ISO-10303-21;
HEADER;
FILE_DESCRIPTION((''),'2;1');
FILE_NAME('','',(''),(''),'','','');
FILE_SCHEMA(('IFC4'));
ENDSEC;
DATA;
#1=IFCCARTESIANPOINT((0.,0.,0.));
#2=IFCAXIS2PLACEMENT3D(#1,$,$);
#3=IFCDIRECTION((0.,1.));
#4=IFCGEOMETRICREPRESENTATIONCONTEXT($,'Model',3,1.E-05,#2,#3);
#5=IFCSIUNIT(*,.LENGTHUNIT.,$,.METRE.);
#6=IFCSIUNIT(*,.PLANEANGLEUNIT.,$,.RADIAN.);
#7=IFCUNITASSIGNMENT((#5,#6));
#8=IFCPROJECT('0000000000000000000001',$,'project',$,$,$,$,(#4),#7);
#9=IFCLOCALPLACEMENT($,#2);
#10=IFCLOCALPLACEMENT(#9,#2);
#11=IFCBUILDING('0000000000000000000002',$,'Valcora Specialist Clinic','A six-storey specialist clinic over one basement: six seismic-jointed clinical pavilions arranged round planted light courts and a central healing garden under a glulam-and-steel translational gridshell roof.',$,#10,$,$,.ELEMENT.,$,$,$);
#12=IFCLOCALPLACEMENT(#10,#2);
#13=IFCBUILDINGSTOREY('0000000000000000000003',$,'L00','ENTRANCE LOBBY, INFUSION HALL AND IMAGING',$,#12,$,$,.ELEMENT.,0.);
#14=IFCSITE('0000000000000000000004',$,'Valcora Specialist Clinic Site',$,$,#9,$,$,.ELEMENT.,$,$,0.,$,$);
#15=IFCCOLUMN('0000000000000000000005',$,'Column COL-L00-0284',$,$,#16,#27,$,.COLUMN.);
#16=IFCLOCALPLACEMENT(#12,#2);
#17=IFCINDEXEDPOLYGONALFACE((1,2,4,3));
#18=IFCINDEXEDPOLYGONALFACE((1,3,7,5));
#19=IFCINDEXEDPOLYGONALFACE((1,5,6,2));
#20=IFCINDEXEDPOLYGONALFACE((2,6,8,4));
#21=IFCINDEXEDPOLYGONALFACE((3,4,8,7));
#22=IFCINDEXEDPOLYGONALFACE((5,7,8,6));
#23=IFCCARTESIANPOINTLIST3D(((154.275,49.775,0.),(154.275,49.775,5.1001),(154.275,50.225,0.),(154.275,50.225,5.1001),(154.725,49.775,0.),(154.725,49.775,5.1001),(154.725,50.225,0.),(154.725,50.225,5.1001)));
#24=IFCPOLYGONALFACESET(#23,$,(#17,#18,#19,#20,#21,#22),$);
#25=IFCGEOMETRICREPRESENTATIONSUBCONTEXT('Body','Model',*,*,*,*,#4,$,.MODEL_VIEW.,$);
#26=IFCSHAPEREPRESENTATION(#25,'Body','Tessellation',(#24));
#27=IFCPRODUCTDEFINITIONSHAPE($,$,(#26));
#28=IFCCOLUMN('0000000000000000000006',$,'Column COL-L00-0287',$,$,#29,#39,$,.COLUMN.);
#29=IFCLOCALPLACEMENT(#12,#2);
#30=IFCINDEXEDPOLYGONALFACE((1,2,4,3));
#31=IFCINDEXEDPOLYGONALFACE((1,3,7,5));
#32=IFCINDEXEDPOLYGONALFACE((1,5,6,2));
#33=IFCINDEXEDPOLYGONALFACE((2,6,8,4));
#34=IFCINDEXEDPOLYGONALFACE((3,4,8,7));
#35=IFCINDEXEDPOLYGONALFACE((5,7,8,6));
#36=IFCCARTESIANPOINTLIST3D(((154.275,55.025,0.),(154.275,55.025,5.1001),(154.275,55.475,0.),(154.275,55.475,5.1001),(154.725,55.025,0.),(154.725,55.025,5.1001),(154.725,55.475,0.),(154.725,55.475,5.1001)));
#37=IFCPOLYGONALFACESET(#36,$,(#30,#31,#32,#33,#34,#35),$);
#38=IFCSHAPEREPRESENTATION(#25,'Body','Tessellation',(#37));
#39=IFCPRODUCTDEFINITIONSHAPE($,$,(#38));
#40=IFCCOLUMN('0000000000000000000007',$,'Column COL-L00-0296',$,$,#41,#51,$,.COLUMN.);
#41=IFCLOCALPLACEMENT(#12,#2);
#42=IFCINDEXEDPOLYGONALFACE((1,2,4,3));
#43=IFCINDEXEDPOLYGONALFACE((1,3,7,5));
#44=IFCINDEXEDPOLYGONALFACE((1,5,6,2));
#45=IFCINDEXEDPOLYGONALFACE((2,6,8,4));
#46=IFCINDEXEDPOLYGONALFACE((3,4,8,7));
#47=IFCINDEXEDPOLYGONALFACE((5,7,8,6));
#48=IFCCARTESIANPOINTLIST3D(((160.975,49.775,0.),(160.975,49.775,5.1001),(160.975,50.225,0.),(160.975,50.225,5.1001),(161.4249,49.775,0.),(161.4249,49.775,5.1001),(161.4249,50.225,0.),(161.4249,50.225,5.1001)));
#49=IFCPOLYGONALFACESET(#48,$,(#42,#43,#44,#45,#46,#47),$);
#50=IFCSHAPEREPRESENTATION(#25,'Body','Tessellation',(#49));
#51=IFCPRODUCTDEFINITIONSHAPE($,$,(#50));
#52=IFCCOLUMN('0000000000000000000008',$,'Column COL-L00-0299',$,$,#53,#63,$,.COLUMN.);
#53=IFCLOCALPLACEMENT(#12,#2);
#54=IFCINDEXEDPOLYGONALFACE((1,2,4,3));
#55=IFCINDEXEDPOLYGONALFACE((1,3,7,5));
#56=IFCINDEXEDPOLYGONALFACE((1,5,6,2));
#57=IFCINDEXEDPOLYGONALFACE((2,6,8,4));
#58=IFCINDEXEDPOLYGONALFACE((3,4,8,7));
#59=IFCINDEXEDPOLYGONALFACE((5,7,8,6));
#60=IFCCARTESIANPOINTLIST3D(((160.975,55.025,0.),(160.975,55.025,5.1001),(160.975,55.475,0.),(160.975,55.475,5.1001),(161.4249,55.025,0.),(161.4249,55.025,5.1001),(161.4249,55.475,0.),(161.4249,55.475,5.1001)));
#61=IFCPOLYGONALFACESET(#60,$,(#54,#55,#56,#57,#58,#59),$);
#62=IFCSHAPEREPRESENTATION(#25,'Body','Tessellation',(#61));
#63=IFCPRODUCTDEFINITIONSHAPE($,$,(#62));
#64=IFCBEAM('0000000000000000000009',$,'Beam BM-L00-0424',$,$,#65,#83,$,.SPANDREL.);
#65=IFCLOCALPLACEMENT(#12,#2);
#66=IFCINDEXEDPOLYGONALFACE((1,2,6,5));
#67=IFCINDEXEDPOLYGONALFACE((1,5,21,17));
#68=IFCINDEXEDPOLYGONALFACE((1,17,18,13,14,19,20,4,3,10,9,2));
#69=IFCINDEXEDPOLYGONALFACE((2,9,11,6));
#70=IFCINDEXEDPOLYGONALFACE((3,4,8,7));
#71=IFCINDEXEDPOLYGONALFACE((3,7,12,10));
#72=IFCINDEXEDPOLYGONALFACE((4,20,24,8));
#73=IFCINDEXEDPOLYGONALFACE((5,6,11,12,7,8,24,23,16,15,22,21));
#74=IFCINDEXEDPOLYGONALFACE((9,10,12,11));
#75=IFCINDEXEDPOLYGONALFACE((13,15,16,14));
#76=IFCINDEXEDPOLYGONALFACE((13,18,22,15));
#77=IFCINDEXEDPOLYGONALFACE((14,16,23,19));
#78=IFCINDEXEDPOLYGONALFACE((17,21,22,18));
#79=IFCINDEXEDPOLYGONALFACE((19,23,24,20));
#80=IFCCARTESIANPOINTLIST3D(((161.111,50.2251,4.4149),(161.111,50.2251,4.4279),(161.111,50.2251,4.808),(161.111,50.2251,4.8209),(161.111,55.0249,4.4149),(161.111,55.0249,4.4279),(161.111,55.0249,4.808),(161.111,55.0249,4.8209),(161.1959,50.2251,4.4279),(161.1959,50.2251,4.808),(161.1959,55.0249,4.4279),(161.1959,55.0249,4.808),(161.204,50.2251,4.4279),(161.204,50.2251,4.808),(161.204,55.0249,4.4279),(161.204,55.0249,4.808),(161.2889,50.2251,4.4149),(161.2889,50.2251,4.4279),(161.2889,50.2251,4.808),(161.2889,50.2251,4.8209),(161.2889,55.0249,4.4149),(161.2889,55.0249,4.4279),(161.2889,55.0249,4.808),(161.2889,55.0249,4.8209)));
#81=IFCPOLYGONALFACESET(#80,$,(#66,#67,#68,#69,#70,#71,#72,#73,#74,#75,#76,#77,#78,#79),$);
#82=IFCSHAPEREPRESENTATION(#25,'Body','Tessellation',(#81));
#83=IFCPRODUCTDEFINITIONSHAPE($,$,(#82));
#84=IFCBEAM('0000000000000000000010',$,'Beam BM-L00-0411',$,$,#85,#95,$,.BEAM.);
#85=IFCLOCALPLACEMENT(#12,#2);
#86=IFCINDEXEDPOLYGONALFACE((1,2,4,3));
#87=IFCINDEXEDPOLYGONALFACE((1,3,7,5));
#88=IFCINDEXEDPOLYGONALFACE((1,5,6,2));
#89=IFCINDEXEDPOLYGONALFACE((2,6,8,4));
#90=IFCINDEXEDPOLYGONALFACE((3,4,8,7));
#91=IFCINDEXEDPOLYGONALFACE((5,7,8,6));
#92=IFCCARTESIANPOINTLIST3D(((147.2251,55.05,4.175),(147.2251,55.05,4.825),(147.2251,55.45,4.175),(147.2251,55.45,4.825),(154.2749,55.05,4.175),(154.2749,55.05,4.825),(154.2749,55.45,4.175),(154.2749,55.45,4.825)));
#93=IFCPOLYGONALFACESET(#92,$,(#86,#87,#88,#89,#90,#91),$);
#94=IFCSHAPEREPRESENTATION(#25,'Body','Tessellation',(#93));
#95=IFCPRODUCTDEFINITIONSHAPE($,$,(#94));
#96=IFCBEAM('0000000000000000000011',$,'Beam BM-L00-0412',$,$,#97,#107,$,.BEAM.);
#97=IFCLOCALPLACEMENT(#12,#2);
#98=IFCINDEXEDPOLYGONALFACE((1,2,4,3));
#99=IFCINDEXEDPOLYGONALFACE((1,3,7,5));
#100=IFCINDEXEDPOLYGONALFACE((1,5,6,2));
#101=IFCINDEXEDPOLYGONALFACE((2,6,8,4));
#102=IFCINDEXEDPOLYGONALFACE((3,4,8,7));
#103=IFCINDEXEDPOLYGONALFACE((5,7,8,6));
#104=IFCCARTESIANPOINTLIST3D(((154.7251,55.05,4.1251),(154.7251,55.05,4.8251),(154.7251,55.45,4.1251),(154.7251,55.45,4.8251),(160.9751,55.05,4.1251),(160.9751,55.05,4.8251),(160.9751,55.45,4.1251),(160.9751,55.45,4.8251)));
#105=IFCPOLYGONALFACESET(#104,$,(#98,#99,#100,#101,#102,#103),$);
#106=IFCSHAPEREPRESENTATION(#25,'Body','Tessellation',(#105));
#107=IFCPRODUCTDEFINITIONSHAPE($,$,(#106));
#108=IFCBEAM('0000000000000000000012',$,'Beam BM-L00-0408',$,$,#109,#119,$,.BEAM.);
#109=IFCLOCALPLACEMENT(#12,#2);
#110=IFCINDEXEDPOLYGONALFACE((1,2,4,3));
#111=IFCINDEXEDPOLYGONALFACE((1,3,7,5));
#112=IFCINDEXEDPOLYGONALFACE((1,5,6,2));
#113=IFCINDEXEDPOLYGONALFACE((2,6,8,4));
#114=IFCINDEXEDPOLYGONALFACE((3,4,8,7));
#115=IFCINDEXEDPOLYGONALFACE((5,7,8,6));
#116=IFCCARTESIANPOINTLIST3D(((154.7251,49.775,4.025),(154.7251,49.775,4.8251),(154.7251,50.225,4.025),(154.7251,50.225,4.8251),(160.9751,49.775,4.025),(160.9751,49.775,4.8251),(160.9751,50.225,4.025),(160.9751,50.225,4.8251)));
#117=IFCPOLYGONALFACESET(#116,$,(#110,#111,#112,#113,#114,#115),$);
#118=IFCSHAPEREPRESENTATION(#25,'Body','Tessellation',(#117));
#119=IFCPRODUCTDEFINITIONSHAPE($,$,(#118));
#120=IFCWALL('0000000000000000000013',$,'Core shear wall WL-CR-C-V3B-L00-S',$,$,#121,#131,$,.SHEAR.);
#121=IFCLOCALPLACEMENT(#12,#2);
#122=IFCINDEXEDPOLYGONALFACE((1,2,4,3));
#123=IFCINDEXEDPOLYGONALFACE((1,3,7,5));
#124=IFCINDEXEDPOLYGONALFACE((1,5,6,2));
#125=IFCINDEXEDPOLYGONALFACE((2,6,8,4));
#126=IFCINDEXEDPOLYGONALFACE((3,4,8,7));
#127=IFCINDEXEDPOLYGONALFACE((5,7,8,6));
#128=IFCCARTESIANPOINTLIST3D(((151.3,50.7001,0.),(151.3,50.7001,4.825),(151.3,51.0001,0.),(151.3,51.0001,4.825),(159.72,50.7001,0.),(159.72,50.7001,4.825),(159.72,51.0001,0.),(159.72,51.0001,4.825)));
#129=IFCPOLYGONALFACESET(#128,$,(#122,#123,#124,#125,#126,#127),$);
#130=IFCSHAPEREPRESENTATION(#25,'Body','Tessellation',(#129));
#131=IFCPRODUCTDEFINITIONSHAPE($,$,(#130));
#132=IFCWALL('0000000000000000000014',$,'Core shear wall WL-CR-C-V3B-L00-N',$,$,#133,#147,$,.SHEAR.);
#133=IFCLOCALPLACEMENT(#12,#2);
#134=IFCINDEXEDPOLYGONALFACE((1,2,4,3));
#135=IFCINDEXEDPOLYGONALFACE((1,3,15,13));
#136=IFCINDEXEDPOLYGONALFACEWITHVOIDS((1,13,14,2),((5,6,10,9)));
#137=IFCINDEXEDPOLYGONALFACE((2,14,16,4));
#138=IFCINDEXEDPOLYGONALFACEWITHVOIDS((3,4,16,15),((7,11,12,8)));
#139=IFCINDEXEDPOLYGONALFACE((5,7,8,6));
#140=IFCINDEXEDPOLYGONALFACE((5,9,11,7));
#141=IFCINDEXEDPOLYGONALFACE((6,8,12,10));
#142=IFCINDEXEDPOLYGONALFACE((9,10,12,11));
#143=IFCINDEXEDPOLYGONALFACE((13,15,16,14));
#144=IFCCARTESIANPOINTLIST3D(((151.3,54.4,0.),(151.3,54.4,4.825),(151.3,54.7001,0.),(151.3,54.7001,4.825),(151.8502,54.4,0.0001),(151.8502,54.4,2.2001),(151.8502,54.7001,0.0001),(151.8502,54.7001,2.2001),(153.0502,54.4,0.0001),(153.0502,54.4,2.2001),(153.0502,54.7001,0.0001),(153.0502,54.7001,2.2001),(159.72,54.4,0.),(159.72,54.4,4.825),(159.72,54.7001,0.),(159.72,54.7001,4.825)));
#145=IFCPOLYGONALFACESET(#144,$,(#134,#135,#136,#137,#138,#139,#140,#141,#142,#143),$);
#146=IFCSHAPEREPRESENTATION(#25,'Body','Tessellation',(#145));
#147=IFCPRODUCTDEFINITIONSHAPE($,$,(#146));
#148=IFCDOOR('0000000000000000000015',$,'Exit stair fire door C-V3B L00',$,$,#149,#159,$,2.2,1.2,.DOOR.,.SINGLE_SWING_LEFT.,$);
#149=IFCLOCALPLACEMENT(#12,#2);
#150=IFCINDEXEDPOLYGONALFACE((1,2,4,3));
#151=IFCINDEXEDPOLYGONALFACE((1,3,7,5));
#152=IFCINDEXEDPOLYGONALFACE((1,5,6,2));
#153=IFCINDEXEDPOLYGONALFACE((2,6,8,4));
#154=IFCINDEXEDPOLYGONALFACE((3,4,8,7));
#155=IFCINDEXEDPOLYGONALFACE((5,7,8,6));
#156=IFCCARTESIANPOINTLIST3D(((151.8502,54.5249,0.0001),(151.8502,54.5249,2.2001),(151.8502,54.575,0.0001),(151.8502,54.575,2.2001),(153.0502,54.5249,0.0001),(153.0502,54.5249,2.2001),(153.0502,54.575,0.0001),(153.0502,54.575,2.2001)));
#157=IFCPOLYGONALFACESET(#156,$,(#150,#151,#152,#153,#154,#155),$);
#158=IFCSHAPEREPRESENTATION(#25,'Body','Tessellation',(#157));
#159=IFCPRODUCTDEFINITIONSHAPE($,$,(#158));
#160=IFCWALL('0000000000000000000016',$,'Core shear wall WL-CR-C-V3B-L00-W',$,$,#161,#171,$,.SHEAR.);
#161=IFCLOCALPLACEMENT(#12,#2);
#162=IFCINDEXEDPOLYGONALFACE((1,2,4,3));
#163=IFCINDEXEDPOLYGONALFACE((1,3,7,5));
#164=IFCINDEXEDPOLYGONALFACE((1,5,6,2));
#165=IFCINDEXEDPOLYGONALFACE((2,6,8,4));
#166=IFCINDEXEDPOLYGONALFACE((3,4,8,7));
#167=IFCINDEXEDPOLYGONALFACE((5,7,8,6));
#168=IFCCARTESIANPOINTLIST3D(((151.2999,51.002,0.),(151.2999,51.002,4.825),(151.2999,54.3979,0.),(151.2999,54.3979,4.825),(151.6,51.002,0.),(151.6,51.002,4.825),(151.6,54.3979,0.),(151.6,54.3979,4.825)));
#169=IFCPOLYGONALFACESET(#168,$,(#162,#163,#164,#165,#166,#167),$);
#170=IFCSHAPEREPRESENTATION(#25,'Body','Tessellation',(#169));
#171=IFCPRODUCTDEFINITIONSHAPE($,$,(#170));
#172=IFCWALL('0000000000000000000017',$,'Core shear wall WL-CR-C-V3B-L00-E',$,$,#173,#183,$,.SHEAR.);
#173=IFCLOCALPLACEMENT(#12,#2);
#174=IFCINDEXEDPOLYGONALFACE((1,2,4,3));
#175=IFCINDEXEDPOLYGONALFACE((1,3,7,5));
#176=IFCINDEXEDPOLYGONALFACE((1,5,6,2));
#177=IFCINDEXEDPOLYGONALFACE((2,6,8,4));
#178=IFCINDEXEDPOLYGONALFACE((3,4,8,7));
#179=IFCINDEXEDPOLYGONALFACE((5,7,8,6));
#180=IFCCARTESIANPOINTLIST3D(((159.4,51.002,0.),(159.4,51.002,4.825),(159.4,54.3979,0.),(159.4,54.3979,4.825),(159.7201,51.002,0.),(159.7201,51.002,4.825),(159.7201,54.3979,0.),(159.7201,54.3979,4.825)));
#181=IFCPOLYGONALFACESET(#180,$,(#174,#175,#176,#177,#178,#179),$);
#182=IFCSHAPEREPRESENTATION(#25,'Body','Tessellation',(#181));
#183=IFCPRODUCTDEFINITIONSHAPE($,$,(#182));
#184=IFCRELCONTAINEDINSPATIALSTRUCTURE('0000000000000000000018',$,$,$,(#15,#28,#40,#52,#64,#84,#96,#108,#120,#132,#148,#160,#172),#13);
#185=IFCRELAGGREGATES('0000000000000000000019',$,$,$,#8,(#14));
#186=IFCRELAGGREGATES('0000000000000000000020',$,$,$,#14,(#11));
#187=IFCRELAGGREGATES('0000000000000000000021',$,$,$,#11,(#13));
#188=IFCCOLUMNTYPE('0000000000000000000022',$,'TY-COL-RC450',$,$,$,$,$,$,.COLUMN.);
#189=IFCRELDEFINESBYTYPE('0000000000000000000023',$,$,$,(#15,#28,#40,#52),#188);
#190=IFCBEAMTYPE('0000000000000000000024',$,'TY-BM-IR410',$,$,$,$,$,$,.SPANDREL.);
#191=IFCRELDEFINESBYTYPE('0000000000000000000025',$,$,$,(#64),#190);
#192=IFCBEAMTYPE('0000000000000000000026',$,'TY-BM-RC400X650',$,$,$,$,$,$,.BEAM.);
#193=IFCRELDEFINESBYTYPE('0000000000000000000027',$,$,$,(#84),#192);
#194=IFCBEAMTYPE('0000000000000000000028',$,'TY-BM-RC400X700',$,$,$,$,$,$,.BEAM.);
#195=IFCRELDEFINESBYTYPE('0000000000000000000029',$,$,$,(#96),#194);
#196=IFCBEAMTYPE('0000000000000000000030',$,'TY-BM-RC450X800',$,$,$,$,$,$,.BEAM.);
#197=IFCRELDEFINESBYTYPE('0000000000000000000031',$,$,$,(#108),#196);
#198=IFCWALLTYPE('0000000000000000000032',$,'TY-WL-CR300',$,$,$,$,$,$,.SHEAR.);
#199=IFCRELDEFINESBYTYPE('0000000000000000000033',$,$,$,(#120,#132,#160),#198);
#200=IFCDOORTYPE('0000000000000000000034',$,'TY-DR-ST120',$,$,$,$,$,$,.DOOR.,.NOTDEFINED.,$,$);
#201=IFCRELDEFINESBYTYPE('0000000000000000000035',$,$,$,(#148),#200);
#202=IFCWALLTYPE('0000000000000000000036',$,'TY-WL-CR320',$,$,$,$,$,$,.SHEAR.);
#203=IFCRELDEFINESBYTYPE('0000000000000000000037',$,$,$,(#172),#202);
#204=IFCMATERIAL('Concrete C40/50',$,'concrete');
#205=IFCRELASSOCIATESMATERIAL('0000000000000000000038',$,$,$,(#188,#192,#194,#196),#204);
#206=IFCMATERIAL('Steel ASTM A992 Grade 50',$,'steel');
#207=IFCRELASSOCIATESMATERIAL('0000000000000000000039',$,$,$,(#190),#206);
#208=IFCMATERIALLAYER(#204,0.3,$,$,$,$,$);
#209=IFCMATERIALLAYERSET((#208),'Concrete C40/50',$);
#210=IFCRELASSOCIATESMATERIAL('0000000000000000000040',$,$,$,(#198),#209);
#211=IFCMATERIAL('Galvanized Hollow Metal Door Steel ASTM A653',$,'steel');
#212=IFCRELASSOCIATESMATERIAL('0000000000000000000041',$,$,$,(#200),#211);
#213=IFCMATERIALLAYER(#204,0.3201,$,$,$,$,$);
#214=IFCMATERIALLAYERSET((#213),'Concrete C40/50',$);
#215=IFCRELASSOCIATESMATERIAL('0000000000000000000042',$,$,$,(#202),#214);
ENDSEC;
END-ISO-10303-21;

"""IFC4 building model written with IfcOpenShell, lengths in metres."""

from ifc_helpers import new_model, si_unit, direction, frame, frame_2d, origin, origin_2d, place, context, subcontext, project, spatial, rectangle, i_section, extrude, material, layer, layer_set, material_profile, profile_set, type_object, element, fill, save


model = new_model("IFC4")

# Units and contexts
model_context = context("Model", 3, precision=1e-05, world=origin(), true_north=direction((0.0, 1.0)))
body_context = subcontext(model_context, "Body", "Model", "MODEL_VIEW")
ifc_project = project(units=[si_unit("LENGTHUNIT", "METRE"), si_unit("PLANEANGLEUNIT", "RADIAN")], contexts=[model_context])

# Site, building, storey
site_placement = place(None, origin())
site = spatial("IfcSite", under=ifc_project, at=site_placement, Name="Valcora Specialist Clinic Site", CompositionType="ELEMENT", RefElevation=0.0)
building_placement = place(site_placement, origin())
building = spatial("IfcBuilding", under=site, at=building_placement, Name="Valcora Specialist Clinic", Description="A six-storey specialist clinic over one basement: six seismic-jointed clinical pavilions arranged round planted light courts and a central healing garden under a glulam-and-steel translational gridshell roof.", CompositionType="ELEMENT")
storey_placement = place(building_placement, origin())
storey = spatial("IfcBuildingStorey", under=building, at=storey_placement, Name="L00", Description="ENTRANCE LOBBY, INFUSION HALL AND IMAGING", CompositionType="ELEMENT", Elevation=0.0)

# Columns
ifc_material_1 = material(Name="Concrete C40/50", Category="concrete")
ifc_material_profile_1 = material_profile(ifc_material_1, rectangle(XDim=0.45, YDim=0.45, at=origin_2d()), Name="RC-COL-450X450")
ifc_profile_set_1 = profile_set([ifc_material_profile_1], Name="Concrete C40/50")
column_type = type_object("IfcColumnType", Name="TY-COL-RC450", PredefinedType="COLUMN", material=ifc_profile_set_1)
for number, where, z_axis, x_axis, name in (
    (1, (154.5, 50.0, 0.0), (0.0, 0.0, 1.0), (1.0, 0.0, 0.0), "Column COL-L00-0284"),
    (2, (154.5, 55.25, 0.0), (0.0, 0.0, 1.0), (1.0, 0.0, 0.0), "Column COL-L00-0287"),
    (3, (161.2, 50.0, 0.0), (0.0, 0.0, 1.0), (1.0, 0.0, 0.0), "Column COL-L00-0296"),
    (4, (161.2, 55.25, 0.0), (0.0, 0.0, 1.0), (1.0, 0.0, 0.0), "Column COL-L00-0299"),
):
    element("IfcColumn", number, at=place(storey_placement, frame(where, z_axis=z_axis, x_axis=x_axis)), inside=storey, type_object=column_type, Name=name, PredefinedType="COLUMN", context=body_context, shape_type="SweptSolid", body=[
        extrude(rectangle(XDim=0.45, YDim=0.45, at=origin_2d()), origin(), (0.0, 0.0, 1.0), 5.1001),
    ])

# Beams
ifc_material_2 = material(Name="Steel ASTM A992 Grade 50", Category="steel")
ifc_material_profile_2 = material_profile(ifc_material_2, i_section(OverallWidth=0.178, OverallDepth=0.406, WebThickness=0.0081, FlangeThickness=0.0129, at=origin_2d()), Name="ST-IR-410X180")
ifc_profile_set_2 = profile_set([ifc_material_profile_2], Name="Steel ASTM A992 Grade 50")
beam_type_1 = type_object("IfcBeamType", Name="TY-BM-IR410", PredefinedType="SPANDREL", material=ifc_profile_set_2)
beam_1_placement = place(storey_placement, frame((161.2, 50.2251, 4.6179), z_axis=(0.0, 1.0, 0.0), x_axis=(-1.0, 0.0, 0.0)))
element("IfcBeam", 5, at=beam_1_placement, inside=storey, type_object=beam_type_1, Name="Beam BM-L00-0424", PredefinedType="SPANDREL", context=body_context, shape_type="SweptSolid", body=[
    extrude(i_section(OverallWidth=0.178, OverallDepth=0.406, WebThickness=0.0081, FlangeThickness=0.0129, at=origin_2d()), origin(), (0.0, 0.0, 1.0), 4.7998),
])
ifc_material_profile_3 = material_profile(ifc_material_1, rectangle(XDim=0.3999, YDim=0.6499, at=origin_2d()), Name="RC-BM-400X650")
ifc_profile_set_3 = profile_set([ifc_material_profile_3], Name="Concrete C40/50")
beam_type_2 = type_object("IfcBeamType", Name="TY-BM-RC400X650", PredefinedType="BEAM", material=ifc_profile_set_3)
beam_2_placement = place(storey_placement, frame((147.2251, 55.25, 4.5), z_axis=(1.0, 0.0, 0.0), x_axis=(0.0, 1.0, 0.0)))
element("IfcBeam", 6, at=beam_2_placement, inside=storey, type_object=beam_type_2, Name="Beam BM-L00-0411", PredefinedType="BEAM", context=body_context, shape_type="SweptSolid", body=[
    extrude(rectangle(XDim=0.3999, YDim=0.6499, at=origin_2d()), origin(), (0.0, 0.0, 1.0), 7.0498),
])
ifc_material_profile_4 = material_profile(ifc_material_1, rectangle(XDim=0.3999, YDim=0.7, at=origin_2d()), Name="RC-BM-400X700")
ifc_profile_set_4 = profile_set([ifc_material_profile_4], Name="Concrete C40/50")
beam_type_3 = type_object("IfcBeamType", Name="TY-BM-RC400X700", PredefinedType="BEAM", material=ifc_profile_set_4)
beam_3_placement = place(storey_placement, frame((154.7251, 55.25, 4.4751), z_axis=(1.0, 0.0, 0.0), x_axis=(0.0, 1.0, 0.0)))
element("IfcBeam", 7, at=beam_3_placement, inside=storey, type_object=beam_type_3, Name="Beam BM-L00-0412", PredefinedType="BEAM", context=body_context, shape_type="SweptSolid", body=[
    extrude(rectangle(XDim=0.3999, YDim=0.7, at=origin_2d()), origin(), (0.0, 0.0, 1.0), 6.25),
])
ifc_material_profile_5 = material_profile(ifc_material_1, rectangle(XDim=0.45, YDim=0.8, at=origin_2d()), Name="RC-BM-450X800")
ifc_profile_set_5 = profile_set([ifc_material_profile_5], Name="Concrete C40/50")
beam_type_4 = type_object("IfcBeamType", Name="TY-BM-RC450X800", PredefinedType="BEAM", material=ifc_profile_set_5)
beam_4_placement = place(storey_placement, frame((154.7251, 50.0, 4.425), z_axis=(1.0, 0.0, 0.0), x_axis=(0.0, 1.0, 0.0)))
element("IfcBeam", 8, at=beam_4_placement, inside=storey, type_object=beam_type_4, Name="Beam BM-L00-0408", PredefinedType="BEAM", context=body_context, shape_type="SweptSolid", body=[
    extrude(rectangle(XDim=0.45, YDim=0.8, at=origin_2d()), origin(), (0.0, 0.0, 1.0), 6.25),
])

# Wall
ifc_layer_1 = layer(ifc_material_1, 0.3)
ifc_layer_set_1 = layer_set([ifc_layer_1], Name="Concrete C40/50")
wall_type_1 = type_object("IfcWallType", Name="TY-WL-CR300", PredefinedType="SHEAR", material=ifc_layer_set_1)
wall_1_placement = place(storey_placement, frame((151.3, 50.8501, 0.0), z_axis=(0.0, 0.0, 1.0), x_axis=(1.0, 0.0, 0.0)))
element("IfcWall", 9, at=wall_1_placement, inside=storey, type_object=wall_type_1, Name="Core shear wall WL-CR-C-V3B-L00-S", PredefinedType="SHEAR", context=body_context, shape_type="SweptSolid", body=[
    extrude(rectangle(XDim=8.4199, YDim=0.3, at=frame_2d((4.21, 0.0))), origin(), (0.0, 0.0, 1.0), 4.825),
])

# Wall, opening, door
wall_2_placement = place(storey_placement, frame((151.3, 54.55, 0.0), z_axis=(0.0, 0.0, 1.0), x_axis=(1.0, 0.0, 0.0)))
wall_2 = element("IfcWall", 10, at=wall_2_placement, inside=storey, type_object=wall_type_1, Name="Core shear wall WL-CR-C-V3B-L00-N", PredefinedType="SHEAR", context=body_context, shape_type="SweptSolid", body=[
    extrude(rectangle(XDim=8.4199, YDim=0.3, at=frame_2d((4.21, 0.0))), origin(), (0.0, 0.0, 1.0), 4.825),
])
opening_1_placement = place(wall_2_placement, frame((0.55, 0.0, 0.0)))
opening_1 = element("IfcOpeningElement", 11, at=opening_1_placement, cuts=wall_2, PredefinedType="OPENING", context=body_context, shape_type="SweptSolid", body=[
    extrude(rectangle(XDim=1.2, YDim=2.2, at=frame_2d((0.6001, 1.1001))), frame((0.0, 0.1599, 0.0), z_axis=(0.0, -1.0, 0.0), x_axis=(1.0, 0.0, 0.0)), (0.0, 0.0, 1.0), 0.3201),
])
ifc_material_3 = material(Name="Galvanized Hollow Metal Door Steel ASTM A653", Category="steel")
door_type_1 = type_object("IfcDoorType", Name="TY-DR-ST120", OperationType="NOTDEFINED", PredefinedType="DOOR", material=ifc_material_3)
door_1_placement = place(opening_1_placement, origin())
door_1 = element("IfcDoor", 12, at=door_1_placement, inside=storey, type_object=door_type_1, Name="Exit stair fire door C-V3B L00", OperationType="SINGLE_SWING_LEFT", OverallHeight=2.2, OverallWidth=1.2, PredefinedType="DOOR", context=body_context, shape_type="SweptSolid", body=[
    extrude(rectangle(XDim=1.2, YDim=2.2, at=frame_2d((0.6001, 1.1001))), frame((0.0, 0.0249, 0.0), z_axis=(0.0, -1.0, 0.0), x_axis=(1.0, 0.0, 0.0)), (0.0, 0.0, 1.0), 0.05),
])
fill(opening_1, door_1)

# Walls
wall_3_placement = place(storey_placement, frame((151.45, 51.002, 0.0), z_axis=(0.0, 0.0, 1.0), x_axis=(0.0, 1.0, 0.0)))
element("IfcWall", 13, at=wall_3_placement, inside=storey, type_object=wall_type_1, Name="Core shear wall WL-CR-C-V3B-L00-W", PredefinedType="SHEAR", context=body_context, shape_type="SweptSolid", body=[
    extrude(rectangle(XDim=3.396, YDim=0.3, at=frame_2d((1.698, 0.0))), origin(), (0.0, 0.0, 1.0), 4.825),
])
ifc_layer_2 = layer(ifc_material_1, 0.3201)
ifc_layer_set_2 = layer_set([ifc_layer_2], Name="Concrete C40/50")
wall_type_2 = type_object("IfcWallType", Name="TY-WL-CR320", PredefinedType="SHEAR", material=ifc_layer_set_2)
wall_4_placement = place(storey_placement, frame((159.5601, 51.002, 0.0), z_axis=(0.0, 0.0, 1.0), x_axis=(0.0, 1.0, 0.0)))
element("IfcWall", 14, at=wall_4_placement, inside=storey, type_object=wall_type_2, Name="Core shear wall WL-CR-C-V3B-L00-E", PredefinedType="SHEAR", context=body_context, shape_type="SweptSolid", body=[
    extrude(rectangle(XDim=3.396, YDim=0.3201, at=frame_2d((1.698, 0.0))), origin(), (0.0, 0.0, 1.0), 4.825),
])

save(model, "model.ifc")
